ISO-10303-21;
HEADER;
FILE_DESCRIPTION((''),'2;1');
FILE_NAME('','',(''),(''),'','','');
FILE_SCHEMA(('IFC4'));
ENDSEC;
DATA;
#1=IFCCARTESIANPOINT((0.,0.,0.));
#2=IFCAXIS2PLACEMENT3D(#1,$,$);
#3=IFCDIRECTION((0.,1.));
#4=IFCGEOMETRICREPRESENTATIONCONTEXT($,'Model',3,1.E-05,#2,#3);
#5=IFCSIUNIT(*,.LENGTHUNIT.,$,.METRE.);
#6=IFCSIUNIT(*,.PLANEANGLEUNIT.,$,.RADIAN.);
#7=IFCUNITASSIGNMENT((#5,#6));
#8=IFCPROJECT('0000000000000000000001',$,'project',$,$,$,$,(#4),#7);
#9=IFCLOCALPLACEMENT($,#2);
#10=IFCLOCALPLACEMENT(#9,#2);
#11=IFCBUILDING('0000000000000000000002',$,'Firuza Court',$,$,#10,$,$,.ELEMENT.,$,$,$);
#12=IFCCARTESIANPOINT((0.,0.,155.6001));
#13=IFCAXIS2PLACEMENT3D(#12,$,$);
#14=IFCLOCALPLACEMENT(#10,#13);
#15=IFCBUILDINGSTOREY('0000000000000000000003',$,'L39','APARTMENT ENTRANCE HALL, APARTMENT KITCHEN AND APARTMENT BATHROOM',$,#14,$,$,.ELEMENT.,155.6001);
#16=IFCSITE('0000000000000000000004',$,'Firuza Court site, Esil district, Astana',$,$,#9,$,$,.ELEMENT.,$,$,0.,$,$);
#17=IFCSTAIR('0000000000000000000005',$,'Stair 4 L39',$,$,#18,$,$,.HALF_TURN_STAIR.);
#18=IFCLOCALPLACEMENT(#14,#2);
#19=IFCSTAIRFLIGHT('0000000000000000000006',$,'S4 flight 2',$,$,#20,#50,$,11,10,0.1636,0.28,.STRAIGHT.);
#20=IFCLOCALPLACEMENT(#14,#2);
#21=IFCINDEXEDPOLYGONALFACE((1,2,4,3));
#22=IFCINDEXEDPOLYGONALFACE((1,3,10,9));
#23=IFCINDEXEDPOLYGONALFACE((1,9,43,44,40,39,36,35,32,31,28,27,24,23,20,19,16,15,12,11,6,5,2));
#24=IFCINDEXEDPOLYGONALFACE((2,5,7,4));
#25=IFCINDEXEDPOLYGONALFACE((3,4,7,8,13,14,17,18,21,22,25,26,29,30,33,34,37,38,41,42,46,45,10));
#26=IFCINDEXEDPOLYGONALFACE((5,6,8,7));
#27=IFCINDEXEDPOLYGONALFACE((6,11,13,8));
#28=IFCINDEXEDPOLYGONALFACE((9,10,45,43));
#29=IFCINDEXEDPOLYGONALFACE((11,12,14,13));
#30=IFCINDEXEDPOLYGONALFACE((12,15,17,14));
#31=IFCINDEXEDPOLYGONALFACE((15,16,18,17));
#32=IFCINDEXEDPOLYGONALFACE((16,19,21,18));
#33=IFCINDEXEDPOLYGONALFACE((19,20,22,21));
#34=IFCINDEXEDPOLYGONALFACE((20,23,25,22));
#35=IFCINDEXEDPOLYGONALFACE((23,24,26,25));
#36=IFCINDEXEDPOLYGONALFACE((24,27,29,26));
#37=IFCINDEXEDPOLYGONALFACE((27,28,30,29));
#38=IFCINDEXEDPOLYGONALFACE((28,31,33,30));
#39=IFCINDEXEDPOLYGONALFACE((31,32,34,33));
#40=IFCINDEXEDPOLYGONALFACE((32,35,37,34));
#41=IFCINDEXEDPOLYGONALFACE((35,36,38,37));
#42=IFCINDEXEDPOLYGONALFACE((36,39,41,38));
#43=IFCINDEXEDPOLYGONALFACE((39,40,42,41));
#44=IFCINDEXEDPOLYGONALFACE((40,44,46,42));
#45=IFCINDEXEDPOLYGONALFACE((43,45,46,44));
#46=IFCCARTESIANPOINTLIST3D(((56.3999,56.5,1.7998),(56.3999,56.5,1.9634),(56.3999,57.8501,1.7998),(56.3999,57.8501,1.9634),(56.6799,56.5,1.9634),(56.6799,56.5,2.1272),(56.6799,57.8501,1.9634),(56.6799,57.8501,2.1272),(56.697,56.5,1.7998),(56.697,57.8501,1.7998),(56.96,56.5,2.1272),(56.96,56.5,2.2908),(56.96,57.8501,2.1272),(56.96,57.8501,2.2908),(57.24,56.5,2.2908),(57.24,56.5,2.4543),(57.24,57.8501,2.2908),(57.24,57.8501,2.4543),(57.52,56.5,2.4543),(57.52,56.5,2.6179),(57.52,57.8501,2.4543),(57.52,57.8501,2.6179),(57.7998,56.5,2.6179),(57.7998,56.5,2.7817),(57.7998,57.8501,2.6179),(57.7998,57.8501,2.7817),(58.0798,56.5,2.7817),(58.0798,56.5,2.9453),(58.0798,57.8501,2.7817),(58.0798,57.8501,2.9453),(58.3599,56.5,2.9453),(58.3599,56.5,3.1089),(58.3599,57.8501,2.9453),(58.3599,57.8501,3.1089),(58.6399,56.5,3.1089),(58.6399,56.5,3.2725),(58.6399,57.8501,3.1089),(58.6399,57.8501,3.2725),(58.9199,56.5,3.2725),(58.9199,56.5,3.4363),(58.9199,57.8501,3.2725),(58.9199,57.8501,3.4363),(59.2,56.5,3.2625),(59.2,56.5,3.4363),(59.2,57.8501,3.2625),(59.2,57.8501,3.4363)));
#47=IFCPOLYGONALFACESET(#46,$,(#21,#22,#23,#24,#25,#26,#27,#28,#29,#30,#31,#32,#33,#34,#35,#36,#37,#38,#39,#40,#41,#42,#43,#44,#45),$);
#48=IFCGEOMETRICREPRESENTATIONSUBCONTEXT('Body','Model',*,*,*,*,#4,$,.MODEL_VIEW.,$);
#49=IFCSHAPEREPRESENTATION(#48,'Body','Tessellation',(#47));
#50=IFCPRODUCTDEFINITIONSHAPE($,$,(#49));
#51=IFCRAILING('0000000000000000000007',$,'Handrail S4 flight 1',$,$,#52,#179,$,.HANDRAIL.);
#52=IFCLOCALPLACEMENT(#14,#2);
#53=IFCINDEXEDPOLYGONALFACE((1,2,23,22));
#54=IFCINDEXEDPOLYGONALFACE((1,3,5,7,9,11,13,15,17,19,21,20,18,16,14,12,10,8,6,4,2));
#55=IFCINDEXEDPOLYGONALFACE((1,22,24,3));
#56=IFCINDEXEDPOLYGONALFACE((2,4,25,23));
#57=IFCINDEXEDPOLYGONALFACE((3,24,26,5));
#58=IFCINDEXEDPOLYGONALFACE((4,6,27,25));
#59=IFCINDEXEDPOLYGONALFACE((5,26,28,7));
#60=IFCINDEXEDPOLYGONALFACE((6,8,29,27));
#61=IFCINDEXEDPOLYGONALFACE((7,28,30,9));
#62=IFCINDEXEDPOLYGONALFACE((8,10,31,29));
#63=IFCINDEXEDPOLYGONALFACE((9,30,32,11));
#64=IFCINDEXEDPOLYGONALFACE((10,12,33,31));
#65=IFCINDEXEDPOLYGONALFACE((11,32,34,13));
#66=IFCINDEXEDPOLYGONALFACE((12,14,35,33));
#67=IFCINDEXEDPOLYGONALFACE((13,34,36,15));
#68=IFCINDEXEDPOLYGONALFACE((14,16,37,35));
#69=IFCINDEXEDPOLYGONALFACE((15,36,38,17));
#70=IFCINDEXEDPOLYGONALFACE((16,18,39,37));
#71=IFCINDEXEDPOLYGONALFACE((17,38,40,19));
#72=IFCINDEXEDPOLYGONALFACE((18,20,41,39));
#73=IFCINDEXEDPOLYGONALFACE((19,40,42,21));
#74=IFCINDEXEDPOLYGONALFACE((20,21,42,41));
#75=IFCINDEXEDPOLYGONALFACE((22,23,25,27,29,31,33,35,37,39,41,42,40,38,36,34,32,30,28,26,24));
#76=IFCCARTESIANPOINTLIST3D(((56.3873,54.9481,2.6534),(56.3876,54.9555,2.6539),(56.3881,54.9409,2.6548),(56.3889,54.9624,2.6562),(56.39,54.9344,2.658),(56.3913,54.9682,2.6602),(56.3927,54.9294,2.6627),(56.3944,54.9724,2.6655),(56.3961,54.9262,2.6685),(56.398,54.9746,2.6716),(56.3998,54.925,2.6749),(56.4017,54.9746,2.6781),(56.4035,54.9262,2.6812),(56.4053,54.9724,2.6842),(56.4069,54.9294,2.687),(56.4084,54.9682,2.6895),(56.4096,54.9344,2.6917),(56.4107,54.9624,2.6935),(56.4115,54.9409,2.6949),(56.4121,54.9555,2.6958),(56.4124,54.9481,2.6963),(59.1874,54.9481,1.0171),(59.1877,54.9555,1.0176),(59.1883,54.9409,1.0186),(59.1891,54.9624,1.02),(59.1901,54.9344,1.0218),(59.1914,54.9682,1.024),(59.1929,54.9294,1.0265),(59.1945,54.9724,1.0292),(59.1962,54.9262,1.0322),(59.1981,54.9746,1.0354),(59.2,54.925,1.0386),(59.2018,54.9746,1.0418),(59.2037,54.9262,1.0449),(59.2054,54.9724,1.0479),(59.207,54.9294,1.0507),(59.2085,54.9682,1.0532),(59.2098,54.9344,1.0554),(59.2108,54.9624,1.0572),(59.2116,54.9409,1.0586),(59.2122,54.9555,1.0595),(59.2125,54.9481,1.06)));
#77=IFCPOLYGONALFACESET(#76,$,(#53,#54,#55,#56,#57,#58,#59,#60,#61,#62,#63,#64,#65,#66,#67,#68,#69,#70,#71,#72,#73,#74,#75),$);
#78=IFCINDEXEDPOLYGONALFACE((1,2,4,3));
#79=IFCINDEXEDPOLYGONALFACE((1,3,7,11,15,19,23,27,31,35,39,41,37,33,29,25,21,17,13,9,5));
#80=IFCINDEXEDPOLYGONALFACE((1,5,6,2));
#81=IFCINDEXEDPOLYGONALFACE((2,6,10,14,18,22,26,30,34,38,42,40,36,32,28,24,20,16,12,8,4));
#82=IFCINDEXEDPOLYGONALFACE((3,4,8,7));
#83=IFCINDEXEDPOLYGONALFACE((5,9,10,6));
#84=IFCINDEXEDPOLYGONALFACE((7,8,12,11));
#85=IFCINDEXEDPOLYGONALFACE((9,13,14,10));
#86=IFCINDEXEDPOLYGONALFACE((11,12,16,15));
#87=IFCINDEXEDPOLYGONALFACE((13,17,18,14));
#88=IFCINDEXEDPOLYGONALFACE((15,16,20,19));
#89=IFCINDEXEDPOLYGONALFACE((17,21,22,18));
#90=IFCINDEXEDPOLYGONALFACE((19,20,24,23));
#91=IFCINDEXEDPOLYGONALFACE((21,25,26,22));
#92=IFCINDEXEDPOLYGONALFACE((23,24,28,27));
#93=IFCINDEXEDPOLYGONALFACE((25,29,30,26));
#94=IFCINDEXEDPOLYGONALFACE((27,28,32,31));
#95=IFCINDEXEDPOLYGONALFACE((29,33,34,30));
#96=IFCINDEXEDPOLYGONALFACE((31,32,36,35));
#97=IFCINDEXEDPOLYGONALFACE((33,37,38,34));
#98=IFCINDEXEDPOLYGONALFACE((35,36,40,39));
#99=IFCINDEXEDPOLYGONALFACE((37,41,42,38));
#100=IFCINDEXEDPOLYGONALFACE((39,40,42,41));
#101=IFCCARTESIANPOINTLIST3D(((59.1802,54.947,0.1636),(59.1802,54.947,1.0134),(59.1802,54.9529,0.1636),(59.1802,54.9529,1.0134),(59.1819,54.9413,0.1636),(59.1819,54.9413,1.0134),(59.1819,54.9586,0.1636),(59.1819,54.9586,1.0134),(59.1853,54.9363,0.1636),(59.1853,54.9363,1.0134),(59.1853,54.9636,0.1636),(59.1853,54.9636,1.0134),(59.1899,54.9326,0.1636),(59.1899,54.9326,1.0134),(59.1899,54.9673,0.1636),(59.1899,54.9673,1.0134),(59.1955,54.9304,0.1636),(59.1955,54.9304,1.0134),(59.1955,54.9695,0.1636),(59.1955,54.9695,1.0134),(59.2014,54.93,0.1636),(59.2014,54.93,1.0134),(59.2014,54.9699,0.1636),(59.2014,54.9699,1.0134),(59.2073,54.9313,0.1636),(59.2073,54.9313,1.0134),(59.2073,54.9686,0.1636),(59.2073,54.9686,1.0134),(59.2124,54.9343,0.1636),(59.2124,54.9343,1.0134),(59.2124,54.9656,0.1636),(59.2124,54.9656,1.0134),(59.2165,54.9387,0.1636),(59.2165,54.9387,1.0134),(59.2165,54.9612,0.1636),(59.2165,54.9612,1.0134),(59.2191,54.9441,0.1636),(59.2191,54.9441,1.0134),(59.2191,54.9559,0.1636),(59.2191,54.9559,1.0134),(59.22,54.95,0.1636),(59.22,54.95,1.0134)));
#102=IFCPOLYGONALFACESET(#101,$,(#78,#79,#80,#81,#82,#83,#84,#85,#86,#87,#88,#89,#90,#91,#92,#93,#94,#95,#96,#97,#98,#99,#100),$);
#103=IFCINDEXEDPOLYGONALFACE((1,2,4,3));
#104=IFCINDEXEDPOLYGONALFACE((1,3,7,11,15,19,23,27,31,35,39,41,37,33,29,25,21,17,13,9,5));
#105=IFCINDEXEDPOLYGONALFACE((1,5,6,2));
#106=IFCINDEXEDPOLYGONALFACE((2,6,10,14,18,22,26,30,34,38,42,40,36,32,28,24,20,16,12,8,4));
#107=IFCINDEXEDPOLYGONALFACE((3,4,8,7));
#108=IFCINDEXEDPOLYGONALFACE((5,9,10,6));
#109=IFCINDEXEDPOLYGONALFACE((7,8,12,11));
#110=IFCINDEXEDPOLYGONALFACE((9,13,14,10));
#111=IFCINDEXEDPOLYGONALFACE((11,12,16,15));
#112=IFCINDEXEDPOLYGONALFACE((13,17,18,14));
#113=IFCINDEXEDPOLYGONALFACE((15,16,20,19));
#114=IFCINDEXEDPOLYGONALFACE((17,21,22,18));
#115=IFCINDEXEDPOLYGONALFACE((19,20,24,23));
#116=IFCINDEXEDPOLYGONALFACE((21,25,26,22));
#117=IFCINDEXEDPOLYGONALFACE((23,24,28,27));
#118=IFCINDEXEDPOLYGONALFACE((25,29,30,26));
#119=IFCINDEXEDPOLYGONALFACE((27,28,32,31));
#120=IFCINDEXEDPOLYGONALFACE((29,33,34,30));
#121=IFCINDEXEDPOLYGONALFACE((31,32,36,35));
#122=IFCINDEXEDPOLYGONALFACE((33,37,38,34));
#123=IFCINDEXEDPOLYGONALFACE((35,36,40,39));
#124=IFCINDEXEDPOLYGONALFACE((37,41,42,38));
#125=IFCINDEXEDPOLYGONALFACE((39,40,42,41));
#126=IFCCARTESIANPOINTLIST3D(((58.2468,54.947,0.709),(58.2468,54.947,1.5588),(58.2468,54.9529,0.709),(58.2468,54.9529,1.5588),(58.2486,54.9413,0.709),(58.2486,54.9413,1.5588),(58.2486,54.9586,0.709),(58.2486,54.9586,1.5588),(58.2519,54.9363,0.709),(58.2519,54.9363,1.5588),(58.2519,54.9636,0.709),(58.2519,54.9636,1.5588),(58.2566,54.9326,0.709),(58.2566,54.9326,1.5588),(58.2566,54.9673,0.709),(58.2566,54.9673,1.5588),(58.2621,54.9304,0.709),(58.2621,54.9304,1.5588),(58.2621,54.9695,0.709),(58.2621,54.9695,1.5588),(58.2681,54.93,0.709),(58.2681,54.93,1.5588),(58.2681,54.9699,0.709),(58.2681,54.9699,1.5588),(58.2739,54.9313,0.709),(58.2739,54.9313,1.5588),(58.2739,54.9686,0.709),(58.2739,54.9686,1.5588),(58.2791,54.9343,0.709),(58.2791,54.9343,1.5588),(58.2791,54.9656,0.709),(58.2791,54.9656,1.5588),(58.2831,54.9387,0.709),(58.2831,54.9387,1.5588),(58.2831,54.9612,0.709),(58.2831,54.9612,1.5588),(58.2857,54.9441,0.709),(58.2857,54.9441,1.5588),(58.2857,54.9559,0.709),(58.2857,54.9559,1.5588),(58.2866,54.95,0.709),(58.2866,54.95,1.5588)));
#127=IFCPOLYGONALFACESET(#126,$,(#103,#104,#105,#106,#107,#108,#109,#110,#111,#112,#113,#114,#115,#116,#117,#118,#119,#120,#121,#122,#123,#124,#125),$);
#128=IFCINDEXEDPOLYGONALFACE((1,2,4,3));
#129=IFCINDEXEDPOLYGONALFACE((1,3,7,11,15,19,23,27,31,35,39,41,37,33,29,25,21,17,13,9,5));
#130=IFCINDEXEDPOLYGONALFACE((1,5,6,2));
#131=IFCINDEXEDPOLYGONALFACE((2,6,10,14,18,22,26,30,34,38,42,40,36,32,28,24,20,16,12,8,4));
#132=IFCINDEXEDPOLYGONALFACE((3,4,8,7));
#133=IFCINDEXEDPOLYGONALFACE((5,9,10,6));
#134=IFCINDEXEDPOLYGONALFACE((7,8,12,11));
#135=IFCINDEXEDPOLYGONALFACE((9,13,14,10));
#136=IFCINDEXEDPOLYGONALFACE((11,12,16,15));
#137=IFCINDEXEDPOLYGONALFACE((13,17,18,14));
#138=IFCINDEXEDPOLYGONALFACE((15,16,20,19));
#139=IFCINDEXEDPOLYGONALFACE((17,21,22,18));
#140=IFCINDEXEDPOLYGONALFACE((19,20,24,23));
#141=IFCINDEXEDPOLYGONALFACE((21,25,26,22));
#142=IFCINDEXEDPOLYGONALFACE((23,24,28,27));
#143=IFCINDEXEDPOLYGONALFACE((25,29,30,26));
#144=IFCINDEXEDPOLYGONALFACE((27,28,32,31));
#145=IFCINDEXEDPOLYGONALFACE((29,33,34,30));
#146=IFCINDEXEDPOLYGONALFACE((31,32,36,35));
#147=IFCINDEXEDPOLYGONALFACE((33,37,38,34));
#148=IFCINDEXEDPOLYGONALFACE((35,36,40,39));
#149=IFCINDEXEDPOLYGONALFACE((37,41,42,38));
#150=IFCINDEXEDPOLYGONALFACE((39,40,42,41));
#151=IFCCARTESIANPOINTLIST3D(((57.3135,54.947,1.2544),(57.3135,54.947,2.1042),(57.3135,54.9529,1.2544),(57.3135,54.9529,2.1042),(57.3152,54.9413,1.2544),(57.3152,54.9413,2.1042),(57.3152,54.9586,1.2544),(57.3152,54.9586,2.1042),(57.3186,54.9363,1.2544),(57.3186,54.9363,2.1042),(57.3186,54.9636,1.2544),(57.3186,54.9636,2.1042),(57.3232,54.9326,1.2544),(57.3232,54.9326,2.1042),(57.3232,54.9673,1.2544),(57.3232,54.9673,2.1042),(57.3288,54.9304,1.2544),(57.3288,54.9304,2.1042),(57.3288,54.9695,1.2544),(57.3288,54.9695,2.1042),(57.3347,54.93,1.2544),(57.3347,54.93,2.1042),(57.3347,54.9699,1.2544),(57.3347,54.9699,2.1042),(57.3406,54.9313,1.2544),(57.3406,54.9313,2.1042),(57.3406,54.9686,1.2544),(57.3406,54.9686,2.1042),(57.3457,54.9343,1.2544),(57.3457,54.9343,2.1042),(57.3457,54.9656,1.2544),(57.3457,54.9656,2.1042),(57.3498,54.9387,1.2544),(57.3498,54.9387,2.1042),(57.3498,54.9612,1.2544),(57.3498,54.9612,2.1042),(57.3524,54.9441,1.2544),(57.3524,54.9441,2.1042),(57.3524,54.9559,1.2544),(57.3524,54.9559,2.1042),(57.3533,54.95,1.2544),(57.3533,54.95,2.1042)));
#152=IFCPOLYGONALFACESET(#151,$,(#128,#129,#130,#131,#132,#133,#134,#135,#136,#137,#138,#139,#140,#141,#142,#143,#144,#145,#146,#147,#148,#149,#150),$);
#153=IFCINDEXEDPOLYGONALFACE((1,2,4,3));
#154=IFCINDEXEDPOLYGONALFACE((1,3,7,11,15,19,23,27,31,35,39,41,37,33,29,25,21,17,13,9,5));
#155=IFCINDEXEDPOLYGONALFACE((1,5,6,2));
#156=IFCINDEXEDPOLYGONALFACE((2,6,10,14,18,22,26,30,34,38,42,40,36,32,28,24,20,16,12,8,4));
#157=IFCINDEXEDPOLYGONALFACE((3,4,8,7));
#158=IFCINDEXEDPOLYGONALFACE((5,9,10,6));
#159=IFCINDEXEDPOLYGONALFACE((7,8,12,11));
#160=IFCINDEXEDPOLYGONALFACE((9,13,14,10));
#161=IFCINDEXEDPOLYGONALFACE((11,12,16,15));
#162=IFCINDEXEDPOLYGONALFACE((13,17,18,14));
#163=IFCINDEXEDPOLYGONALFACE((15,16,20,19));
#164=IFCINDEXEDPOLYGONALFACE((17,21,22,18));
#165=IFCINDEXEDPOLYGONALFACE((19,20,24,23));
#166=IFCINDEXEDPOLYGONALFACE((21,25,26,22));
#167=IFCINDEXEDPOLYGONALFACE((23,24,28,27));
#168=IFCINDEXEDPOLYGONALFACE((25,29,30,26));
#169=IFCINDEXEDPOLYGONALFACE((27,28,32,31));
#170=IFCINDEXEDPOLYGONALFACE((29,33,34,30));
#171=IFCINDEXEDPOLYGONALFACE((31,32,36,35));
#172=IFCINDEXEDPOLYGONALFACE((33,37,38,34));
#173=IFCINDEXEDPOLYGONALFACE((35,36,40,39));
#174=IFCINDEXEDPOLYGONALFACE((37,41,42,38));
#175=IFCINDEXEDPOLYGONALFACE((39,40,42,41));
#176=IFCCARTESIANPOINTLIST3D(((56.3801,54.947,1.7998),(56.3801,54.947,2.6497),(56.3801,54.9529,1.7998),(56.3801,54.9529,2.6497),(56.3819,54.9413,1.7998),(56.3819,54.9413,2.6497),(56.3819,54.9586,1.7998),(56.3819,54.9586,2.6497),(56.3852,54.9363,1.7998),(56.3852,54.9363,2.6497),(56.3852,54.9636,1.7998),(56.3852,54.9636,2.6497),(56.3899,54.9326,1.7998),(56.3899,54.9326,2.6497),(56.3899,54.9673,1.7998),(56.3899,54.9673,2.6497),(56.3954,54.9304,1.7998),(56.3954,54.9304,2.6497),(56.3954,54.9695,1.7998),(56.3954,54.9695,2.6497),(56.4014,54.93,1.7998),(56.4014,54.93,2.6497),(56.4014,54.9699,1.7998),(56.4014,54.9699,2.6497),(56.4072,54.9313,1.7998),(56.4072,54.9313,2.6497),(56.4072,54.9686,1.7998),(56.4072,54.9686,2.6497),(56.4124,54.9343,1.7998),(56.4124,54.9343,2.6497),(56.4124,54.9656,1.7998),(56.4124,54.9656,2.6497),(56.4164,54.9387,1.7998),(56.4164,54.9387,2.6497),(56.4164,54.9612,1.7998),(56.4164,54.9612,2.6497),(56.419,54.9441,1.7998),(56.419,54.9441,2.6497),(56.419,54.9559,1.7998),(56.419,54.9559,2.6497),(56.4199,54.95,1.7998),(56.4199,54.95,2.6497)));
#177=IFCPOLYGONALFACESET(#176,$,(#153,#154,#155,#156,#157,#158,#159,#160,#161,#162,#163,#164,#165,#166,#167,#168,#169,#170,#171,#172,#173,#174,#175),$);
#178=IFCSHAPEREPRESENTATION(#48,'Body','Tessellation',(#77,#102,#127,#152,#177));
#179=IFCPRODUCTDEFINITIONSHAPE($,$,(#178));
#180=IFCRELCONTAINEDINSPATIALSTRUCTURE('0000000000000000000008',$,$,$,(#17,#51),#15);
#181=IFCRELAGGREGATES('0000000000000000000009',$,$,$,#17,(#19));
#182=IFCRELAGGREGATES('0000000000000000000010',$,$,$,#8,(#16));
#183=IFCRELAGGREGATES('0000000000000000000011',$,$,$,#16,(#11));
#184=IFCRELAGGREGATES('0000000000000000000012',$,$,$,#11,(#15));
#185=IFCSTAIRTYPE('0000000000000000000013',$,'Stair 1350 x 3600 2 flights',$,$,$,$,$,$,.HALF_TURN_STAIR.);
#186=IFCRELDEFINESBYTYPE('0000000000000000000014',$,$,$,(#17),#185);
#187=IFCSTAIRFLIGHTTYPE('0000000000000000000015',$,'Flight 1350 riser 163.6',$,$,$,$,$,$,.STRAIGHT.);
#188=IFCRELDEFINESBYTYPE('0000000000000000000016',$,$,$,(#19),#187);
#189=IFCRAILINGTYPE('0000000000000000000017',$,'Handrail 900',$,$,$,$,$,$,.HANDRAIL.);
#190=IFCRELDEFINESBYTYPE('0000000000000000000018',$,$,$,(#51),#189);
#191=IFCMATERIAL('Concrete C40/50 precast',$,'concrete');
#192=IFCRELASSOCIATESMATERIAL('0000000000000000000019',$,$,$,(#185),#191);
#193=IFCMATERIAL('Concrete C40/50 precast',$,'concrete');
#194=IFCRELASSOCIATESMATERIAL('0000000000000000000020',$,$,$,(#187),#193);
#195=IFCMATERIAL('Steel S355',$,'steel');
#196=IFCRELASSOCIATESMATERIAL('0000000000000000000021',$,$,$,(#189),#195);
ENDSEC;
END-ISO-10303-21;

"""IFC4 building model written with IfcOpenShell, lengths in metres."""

from ifc_helpers import new_model, si_unit, direction, frame, origin, origin_2d, place, context, subcontext, project, spatial, polyline, circle, outline, extrude, material, type_object, element, aggregate, save


model = new_model("IFC4")

# Units and contexts
model_context = context("Model", 3, precision=1e-05, world=origin(), true_north=direction((0.0, 1.0)))
body_context = subcontext(model_context, "Body", "Model", "MODEL_VIEW")
ifc_project = project(units=[si_unit("LENGTHUNIT", "METRE"), si_unit("PLANEANGLEUNIT", "RADIAN")], contexts=[model_context])

# Site, building, storey
site_placement = place(None, origin())
site = spatial("IfcSite", under=ifc_project, at=site_placement, Name="Firuza Court site, Esil district, Astana", CompositionType="ELEMENT", RefElevation=0.0)
building_placement = place(site_placement, origin())
building = spatial("IfcBuilding", under=site, at=building_placement, Name="Firuza Court", CompositionType="ELEMENT")
storey_placement = place(building_placement, frame((0.0, 0.0, 155.6001)))
storey = spatial("IfcBuildingStorey", under=building, at=storey_placement, Name="L39", Description="APARTMENT ENTRANCE HALL, APARTMENT KITCHEN AND APARTMENT BATHROOM", CompositionType="ELEMENT", Elevation=155.6001)

# Stair, stair flight
ifc_material_1 = material(Name="Concrete C40/50 precast", Category="concrete")
stair_type = type_object("IfcStairType", Name="Stair 1350 x 3600 2 flights", PredefinedType="HALF_TURN_STAIR", material=ifc_material_1)
stair_placement = place(storey_placement, origin())
stair = element("IfcStair", 1, at=stair_placement, inside=storey, type_object=stair_type, Name="Stair 4 L39", PredefinedType="HALF_TURN_STAIR")
ifc_material_2 = material(Name="Concrete C40/50 precast", Category="concrete")
stair_flight_type = type_object("IfcStairFlightType", Name="Flight 1350 riser 163.6", PredefinedType="STRAIGHT", material=ifc_material_2)
stair_flight_1_placement = place(storey_placement, frame((56.3999, 57.175, 1.7998), z_axis=(0.0, 0.0, 1.0), x_axis=(1.0, 0.0, 0.0)))
stair_flight_1 = element("IfcStairFlight", 2, at=stair_flight_1_placement, type_object=stair_flight_type, Name="S4 flight 2", NumberOfRisers=11, NumberOfTreads=10, PredefinedType="STRAIGHT", RiserHeight=0.1636, TreadLength=0.28, context=body_context, shape_type="SweptSolid", body=[
    extrude(outline(polyline([(0.0, 0.0), (0.0, 0.1636), (0.28, 0.1636), (0.28, 0.3274), (0.5601, 0.3274), (0.5601, 0.491), (0.8401, 0.491), (0.8401, 0.6545), (1.1201, 0.6545), (1.1201, 0.8181), (1.3999, 0.8181), (1.3999, 0.9819), (1.6799, 0.9819), (1.6799, 1.1455), (1.96, 1.1455), (1.96, 1.3091), (2.24, 1.3091), (2.24, 1.4727), (2.52, 1.4727), (2.52, 1.6365), (2.8, 1.6365), (2.8, 1.8), (2.8, 1.4626), (0.2971, 0.0), (0.0, 0.0)])), frame((0.0, 0.675, 0.0), z_axis=(0.0, -1.0, 0.0), x_axis=(1.0, 0.0, 0.0)), (0.0, 0.0, 1.0), 1.3501),
])
aggregate(stair, [stair_flight_1])

# Railing
ifc_material_3 = material(Name="Steel S355", Category="steel")
railing_type_1 = type_object("IfcRailingType", Name="Handrail 900", PredefinedType="HANDRAIL", material=ifc_material_3)
railing_1_placement = place(storey_placement, frame((59.2, 54.95, 0.1636)))
element("IfcRailing", 3, at=railing_1_placement, inside=storey, type_object=railing_type_1, Name="Handrail S4 flight 1", PredefinedType="HANDRAIL", context=body_context, shape_type="SweptSolid", body=[
    extrude(circle(Radius=0.0249, at=origin_2d()), frame((0.0, 0.0, 0.875), z_axis=(-0.863394, 0.0, 0.504531), x_axis=(0.0, -1.0, 0.0)), (0.0, 0.0, 1.0), 3.2432),
    extrude(circle(Radius=0.02, at=origin_2d()), origin(), (0.0, 0.0, 1.0), 0.8499),
    extrude(circle(Radius=0.02, at=origin_2d()), frame((-0.9333, 0.0, 0.5454)), (0.0, 0.0, 1.0), 0.8499),
    extrude(circle(Radius=0.02, at=origin_2d()), frame((-1.8667, 0.0, 1.0908)), (0.0, 0.0, 1.0), 0.8499),
    extrude(circle(Radius=0.02, at=origin_2d()), frame((-2.8, 0.0, 1.6362)), (0.0, 0.0, 1.0), 0.8499),
])

save(model, "model.ifc")
